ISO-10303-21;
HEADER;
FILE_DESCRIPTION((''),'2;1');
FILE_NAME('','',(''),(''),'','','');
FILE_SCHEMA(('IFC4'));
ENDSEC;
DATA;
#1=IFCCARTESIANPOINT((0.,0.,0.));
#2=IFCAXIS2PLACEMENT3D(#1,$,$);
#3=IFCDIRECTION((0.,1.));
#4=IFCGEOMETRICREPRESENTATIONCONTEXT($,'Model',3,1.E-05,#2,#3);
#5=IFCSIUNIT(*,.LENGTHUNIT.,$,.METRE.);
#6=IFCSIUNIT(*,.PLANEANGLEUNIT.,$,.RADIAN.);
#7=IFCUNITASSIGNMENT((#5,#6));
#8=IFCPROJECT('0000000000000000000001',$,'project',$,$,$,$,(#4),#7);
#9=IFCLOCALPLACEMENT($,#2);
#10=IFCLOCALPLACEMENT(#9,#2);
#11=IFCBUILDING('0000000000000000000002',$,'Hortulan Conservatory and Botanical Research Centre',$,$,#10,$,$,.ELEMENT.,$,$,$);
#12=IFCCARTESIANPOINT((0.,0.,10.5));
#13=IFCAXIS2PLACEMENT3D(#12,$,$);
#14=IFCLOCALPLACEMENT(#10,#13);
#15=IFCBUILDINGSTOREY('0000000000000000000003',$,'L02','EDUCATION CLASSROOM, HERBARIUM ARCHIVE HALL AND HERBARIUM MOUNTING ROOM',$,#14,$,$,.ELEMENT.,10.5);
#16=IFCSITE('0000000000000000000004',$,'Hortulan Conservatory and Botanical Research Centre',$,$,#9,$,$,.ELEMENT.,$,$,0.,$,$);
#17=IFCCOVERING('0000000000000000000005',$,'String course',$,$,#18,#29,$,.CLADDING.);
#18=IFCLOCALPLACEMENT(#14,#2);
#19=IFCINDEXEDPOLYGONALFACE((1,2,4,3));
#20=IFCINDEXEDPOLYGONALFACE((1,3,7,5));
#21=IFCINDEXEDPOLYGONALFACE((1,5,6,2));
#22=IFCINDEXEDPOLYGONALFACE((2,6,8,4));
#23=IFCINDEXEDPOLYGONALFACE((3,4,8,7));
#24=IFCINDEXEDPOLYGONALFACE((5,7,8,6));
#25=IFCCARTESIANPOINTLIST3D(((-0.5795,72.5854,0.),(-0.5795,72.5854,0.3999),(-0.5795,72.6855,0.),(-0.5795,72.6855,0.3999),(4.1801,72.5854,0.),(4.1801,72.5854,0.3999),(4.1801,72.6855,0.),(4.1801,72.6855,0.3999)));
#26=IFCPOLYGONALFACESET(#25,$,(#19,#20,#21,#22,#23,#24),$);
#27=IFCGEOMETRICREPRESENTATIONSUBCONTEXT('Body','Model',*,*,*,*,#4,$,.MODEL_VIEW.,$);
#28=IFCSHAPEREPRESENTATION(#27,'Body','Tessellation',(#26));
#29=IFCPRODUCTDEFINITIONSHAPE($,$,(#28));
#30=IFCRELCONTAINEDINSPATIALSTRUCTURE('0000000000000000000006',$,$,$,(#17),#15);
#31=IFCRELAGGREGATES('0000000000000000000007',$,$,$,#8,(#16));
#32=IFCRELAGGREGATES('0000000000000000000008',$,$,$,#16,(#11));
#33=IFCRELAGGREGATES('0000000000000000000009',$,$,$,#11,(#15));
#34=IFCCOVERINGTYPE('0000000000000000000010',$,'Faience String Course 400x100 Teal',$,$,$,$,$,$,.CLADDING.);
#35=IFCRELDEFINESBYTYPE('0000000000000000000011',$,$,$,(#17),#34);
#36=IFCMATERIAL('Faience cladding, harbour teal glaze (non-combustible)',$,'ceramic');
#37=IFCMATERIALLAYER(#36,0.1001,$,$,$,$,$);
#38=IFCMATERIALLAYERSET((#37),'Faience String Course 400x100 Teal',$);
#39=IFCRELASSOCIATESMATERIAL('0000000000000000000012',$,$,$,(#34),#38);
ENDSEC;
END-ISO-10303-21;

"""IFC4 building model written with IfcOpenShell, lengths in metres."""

from ifc_helpers import new_model, si_unit, direction, frame, origin, origin_2d, place, context, subcontext, project, spatial, rectangle, extrude, material, layer, layer_set, type_object, element, save


model = new_model("IFC4")

# Units and contexts
model_context = context("Model", 3, precision=1e-05, world=origin(), true_north=direction((0.0, 1.0)))
body_context = subcontext(model_context, "Body", "Model", "MODEL_VIEW")
ifc_project = project(units=[si_unit("LENGTHUNIT", "METRE"), si_unit("PLANEANGLEUNIT", "RADIAN")], contexts=[model_context])

# Site, building, storey
site_placement = place(None, origin())
site = spatial("IfcSite", under=ifc_project, at=site_placement, Name="Hortulan Conservatory and Botanical Research Centre", CompositionType="ELEMENT", RefElevation=0.0)
building_placement = place(site_placement, origin())
building = spatial("IfcBuilding", under=site, at=building_placement, Name="Hortulan Conservatory and Botanical Research Centre", CompositionType="ELEMENT")
storey_placement = place(building_placement, frame((0.0, 0.0, 10.5)))
storey = spatial("IfcBuildingStorey", under=building, at=storey_placement, Name="L02", Description="EDUCATION CLASSROOM, HERBARIUM ARCHIVE HALL AND HERBARIUM MOUNTING ROOM", CompositionType="ELEMENT", Elevation=10.5)

# Covering
ifc_material_1 = material(Name="Faience cladding, harbour teal glaze (non-combustible)", Category="ceramic")
ifc_layer_1 = layer(ifc_material_1, 0.1001)
ifc_layer_set_1 = layer_set([ifc_layer_1], Name="Faience String Course 400x100 Teal")
covering_type_1 = type_object("IfcCoveringType", Name="Faience String Course 400x100 Teal", PredefinedType="CLADDING", material=ifc_layer_set_1)
covering_1_placement = place(storey_placement, frame((1.8003, 72.6355, 0.0), z_axis=(0.0, 0.0, 1.0), x_axis=(1.0, 0.0, 0.0)))
element("IfcCovering", 1, at=covering_1_placement, inside=storey, type_object=covering_type_1, Name="String course", PredefinedType="CLADDING", context=body_context, shape_type="SweptSolid", body=[
    extrude(rectangle(XDim=4.7595, YDim=0.1001, at=origin_2d()), origin(), (0.0, 0.0, 1.0), 0.3999),
])

save(model, "model.ifc")
